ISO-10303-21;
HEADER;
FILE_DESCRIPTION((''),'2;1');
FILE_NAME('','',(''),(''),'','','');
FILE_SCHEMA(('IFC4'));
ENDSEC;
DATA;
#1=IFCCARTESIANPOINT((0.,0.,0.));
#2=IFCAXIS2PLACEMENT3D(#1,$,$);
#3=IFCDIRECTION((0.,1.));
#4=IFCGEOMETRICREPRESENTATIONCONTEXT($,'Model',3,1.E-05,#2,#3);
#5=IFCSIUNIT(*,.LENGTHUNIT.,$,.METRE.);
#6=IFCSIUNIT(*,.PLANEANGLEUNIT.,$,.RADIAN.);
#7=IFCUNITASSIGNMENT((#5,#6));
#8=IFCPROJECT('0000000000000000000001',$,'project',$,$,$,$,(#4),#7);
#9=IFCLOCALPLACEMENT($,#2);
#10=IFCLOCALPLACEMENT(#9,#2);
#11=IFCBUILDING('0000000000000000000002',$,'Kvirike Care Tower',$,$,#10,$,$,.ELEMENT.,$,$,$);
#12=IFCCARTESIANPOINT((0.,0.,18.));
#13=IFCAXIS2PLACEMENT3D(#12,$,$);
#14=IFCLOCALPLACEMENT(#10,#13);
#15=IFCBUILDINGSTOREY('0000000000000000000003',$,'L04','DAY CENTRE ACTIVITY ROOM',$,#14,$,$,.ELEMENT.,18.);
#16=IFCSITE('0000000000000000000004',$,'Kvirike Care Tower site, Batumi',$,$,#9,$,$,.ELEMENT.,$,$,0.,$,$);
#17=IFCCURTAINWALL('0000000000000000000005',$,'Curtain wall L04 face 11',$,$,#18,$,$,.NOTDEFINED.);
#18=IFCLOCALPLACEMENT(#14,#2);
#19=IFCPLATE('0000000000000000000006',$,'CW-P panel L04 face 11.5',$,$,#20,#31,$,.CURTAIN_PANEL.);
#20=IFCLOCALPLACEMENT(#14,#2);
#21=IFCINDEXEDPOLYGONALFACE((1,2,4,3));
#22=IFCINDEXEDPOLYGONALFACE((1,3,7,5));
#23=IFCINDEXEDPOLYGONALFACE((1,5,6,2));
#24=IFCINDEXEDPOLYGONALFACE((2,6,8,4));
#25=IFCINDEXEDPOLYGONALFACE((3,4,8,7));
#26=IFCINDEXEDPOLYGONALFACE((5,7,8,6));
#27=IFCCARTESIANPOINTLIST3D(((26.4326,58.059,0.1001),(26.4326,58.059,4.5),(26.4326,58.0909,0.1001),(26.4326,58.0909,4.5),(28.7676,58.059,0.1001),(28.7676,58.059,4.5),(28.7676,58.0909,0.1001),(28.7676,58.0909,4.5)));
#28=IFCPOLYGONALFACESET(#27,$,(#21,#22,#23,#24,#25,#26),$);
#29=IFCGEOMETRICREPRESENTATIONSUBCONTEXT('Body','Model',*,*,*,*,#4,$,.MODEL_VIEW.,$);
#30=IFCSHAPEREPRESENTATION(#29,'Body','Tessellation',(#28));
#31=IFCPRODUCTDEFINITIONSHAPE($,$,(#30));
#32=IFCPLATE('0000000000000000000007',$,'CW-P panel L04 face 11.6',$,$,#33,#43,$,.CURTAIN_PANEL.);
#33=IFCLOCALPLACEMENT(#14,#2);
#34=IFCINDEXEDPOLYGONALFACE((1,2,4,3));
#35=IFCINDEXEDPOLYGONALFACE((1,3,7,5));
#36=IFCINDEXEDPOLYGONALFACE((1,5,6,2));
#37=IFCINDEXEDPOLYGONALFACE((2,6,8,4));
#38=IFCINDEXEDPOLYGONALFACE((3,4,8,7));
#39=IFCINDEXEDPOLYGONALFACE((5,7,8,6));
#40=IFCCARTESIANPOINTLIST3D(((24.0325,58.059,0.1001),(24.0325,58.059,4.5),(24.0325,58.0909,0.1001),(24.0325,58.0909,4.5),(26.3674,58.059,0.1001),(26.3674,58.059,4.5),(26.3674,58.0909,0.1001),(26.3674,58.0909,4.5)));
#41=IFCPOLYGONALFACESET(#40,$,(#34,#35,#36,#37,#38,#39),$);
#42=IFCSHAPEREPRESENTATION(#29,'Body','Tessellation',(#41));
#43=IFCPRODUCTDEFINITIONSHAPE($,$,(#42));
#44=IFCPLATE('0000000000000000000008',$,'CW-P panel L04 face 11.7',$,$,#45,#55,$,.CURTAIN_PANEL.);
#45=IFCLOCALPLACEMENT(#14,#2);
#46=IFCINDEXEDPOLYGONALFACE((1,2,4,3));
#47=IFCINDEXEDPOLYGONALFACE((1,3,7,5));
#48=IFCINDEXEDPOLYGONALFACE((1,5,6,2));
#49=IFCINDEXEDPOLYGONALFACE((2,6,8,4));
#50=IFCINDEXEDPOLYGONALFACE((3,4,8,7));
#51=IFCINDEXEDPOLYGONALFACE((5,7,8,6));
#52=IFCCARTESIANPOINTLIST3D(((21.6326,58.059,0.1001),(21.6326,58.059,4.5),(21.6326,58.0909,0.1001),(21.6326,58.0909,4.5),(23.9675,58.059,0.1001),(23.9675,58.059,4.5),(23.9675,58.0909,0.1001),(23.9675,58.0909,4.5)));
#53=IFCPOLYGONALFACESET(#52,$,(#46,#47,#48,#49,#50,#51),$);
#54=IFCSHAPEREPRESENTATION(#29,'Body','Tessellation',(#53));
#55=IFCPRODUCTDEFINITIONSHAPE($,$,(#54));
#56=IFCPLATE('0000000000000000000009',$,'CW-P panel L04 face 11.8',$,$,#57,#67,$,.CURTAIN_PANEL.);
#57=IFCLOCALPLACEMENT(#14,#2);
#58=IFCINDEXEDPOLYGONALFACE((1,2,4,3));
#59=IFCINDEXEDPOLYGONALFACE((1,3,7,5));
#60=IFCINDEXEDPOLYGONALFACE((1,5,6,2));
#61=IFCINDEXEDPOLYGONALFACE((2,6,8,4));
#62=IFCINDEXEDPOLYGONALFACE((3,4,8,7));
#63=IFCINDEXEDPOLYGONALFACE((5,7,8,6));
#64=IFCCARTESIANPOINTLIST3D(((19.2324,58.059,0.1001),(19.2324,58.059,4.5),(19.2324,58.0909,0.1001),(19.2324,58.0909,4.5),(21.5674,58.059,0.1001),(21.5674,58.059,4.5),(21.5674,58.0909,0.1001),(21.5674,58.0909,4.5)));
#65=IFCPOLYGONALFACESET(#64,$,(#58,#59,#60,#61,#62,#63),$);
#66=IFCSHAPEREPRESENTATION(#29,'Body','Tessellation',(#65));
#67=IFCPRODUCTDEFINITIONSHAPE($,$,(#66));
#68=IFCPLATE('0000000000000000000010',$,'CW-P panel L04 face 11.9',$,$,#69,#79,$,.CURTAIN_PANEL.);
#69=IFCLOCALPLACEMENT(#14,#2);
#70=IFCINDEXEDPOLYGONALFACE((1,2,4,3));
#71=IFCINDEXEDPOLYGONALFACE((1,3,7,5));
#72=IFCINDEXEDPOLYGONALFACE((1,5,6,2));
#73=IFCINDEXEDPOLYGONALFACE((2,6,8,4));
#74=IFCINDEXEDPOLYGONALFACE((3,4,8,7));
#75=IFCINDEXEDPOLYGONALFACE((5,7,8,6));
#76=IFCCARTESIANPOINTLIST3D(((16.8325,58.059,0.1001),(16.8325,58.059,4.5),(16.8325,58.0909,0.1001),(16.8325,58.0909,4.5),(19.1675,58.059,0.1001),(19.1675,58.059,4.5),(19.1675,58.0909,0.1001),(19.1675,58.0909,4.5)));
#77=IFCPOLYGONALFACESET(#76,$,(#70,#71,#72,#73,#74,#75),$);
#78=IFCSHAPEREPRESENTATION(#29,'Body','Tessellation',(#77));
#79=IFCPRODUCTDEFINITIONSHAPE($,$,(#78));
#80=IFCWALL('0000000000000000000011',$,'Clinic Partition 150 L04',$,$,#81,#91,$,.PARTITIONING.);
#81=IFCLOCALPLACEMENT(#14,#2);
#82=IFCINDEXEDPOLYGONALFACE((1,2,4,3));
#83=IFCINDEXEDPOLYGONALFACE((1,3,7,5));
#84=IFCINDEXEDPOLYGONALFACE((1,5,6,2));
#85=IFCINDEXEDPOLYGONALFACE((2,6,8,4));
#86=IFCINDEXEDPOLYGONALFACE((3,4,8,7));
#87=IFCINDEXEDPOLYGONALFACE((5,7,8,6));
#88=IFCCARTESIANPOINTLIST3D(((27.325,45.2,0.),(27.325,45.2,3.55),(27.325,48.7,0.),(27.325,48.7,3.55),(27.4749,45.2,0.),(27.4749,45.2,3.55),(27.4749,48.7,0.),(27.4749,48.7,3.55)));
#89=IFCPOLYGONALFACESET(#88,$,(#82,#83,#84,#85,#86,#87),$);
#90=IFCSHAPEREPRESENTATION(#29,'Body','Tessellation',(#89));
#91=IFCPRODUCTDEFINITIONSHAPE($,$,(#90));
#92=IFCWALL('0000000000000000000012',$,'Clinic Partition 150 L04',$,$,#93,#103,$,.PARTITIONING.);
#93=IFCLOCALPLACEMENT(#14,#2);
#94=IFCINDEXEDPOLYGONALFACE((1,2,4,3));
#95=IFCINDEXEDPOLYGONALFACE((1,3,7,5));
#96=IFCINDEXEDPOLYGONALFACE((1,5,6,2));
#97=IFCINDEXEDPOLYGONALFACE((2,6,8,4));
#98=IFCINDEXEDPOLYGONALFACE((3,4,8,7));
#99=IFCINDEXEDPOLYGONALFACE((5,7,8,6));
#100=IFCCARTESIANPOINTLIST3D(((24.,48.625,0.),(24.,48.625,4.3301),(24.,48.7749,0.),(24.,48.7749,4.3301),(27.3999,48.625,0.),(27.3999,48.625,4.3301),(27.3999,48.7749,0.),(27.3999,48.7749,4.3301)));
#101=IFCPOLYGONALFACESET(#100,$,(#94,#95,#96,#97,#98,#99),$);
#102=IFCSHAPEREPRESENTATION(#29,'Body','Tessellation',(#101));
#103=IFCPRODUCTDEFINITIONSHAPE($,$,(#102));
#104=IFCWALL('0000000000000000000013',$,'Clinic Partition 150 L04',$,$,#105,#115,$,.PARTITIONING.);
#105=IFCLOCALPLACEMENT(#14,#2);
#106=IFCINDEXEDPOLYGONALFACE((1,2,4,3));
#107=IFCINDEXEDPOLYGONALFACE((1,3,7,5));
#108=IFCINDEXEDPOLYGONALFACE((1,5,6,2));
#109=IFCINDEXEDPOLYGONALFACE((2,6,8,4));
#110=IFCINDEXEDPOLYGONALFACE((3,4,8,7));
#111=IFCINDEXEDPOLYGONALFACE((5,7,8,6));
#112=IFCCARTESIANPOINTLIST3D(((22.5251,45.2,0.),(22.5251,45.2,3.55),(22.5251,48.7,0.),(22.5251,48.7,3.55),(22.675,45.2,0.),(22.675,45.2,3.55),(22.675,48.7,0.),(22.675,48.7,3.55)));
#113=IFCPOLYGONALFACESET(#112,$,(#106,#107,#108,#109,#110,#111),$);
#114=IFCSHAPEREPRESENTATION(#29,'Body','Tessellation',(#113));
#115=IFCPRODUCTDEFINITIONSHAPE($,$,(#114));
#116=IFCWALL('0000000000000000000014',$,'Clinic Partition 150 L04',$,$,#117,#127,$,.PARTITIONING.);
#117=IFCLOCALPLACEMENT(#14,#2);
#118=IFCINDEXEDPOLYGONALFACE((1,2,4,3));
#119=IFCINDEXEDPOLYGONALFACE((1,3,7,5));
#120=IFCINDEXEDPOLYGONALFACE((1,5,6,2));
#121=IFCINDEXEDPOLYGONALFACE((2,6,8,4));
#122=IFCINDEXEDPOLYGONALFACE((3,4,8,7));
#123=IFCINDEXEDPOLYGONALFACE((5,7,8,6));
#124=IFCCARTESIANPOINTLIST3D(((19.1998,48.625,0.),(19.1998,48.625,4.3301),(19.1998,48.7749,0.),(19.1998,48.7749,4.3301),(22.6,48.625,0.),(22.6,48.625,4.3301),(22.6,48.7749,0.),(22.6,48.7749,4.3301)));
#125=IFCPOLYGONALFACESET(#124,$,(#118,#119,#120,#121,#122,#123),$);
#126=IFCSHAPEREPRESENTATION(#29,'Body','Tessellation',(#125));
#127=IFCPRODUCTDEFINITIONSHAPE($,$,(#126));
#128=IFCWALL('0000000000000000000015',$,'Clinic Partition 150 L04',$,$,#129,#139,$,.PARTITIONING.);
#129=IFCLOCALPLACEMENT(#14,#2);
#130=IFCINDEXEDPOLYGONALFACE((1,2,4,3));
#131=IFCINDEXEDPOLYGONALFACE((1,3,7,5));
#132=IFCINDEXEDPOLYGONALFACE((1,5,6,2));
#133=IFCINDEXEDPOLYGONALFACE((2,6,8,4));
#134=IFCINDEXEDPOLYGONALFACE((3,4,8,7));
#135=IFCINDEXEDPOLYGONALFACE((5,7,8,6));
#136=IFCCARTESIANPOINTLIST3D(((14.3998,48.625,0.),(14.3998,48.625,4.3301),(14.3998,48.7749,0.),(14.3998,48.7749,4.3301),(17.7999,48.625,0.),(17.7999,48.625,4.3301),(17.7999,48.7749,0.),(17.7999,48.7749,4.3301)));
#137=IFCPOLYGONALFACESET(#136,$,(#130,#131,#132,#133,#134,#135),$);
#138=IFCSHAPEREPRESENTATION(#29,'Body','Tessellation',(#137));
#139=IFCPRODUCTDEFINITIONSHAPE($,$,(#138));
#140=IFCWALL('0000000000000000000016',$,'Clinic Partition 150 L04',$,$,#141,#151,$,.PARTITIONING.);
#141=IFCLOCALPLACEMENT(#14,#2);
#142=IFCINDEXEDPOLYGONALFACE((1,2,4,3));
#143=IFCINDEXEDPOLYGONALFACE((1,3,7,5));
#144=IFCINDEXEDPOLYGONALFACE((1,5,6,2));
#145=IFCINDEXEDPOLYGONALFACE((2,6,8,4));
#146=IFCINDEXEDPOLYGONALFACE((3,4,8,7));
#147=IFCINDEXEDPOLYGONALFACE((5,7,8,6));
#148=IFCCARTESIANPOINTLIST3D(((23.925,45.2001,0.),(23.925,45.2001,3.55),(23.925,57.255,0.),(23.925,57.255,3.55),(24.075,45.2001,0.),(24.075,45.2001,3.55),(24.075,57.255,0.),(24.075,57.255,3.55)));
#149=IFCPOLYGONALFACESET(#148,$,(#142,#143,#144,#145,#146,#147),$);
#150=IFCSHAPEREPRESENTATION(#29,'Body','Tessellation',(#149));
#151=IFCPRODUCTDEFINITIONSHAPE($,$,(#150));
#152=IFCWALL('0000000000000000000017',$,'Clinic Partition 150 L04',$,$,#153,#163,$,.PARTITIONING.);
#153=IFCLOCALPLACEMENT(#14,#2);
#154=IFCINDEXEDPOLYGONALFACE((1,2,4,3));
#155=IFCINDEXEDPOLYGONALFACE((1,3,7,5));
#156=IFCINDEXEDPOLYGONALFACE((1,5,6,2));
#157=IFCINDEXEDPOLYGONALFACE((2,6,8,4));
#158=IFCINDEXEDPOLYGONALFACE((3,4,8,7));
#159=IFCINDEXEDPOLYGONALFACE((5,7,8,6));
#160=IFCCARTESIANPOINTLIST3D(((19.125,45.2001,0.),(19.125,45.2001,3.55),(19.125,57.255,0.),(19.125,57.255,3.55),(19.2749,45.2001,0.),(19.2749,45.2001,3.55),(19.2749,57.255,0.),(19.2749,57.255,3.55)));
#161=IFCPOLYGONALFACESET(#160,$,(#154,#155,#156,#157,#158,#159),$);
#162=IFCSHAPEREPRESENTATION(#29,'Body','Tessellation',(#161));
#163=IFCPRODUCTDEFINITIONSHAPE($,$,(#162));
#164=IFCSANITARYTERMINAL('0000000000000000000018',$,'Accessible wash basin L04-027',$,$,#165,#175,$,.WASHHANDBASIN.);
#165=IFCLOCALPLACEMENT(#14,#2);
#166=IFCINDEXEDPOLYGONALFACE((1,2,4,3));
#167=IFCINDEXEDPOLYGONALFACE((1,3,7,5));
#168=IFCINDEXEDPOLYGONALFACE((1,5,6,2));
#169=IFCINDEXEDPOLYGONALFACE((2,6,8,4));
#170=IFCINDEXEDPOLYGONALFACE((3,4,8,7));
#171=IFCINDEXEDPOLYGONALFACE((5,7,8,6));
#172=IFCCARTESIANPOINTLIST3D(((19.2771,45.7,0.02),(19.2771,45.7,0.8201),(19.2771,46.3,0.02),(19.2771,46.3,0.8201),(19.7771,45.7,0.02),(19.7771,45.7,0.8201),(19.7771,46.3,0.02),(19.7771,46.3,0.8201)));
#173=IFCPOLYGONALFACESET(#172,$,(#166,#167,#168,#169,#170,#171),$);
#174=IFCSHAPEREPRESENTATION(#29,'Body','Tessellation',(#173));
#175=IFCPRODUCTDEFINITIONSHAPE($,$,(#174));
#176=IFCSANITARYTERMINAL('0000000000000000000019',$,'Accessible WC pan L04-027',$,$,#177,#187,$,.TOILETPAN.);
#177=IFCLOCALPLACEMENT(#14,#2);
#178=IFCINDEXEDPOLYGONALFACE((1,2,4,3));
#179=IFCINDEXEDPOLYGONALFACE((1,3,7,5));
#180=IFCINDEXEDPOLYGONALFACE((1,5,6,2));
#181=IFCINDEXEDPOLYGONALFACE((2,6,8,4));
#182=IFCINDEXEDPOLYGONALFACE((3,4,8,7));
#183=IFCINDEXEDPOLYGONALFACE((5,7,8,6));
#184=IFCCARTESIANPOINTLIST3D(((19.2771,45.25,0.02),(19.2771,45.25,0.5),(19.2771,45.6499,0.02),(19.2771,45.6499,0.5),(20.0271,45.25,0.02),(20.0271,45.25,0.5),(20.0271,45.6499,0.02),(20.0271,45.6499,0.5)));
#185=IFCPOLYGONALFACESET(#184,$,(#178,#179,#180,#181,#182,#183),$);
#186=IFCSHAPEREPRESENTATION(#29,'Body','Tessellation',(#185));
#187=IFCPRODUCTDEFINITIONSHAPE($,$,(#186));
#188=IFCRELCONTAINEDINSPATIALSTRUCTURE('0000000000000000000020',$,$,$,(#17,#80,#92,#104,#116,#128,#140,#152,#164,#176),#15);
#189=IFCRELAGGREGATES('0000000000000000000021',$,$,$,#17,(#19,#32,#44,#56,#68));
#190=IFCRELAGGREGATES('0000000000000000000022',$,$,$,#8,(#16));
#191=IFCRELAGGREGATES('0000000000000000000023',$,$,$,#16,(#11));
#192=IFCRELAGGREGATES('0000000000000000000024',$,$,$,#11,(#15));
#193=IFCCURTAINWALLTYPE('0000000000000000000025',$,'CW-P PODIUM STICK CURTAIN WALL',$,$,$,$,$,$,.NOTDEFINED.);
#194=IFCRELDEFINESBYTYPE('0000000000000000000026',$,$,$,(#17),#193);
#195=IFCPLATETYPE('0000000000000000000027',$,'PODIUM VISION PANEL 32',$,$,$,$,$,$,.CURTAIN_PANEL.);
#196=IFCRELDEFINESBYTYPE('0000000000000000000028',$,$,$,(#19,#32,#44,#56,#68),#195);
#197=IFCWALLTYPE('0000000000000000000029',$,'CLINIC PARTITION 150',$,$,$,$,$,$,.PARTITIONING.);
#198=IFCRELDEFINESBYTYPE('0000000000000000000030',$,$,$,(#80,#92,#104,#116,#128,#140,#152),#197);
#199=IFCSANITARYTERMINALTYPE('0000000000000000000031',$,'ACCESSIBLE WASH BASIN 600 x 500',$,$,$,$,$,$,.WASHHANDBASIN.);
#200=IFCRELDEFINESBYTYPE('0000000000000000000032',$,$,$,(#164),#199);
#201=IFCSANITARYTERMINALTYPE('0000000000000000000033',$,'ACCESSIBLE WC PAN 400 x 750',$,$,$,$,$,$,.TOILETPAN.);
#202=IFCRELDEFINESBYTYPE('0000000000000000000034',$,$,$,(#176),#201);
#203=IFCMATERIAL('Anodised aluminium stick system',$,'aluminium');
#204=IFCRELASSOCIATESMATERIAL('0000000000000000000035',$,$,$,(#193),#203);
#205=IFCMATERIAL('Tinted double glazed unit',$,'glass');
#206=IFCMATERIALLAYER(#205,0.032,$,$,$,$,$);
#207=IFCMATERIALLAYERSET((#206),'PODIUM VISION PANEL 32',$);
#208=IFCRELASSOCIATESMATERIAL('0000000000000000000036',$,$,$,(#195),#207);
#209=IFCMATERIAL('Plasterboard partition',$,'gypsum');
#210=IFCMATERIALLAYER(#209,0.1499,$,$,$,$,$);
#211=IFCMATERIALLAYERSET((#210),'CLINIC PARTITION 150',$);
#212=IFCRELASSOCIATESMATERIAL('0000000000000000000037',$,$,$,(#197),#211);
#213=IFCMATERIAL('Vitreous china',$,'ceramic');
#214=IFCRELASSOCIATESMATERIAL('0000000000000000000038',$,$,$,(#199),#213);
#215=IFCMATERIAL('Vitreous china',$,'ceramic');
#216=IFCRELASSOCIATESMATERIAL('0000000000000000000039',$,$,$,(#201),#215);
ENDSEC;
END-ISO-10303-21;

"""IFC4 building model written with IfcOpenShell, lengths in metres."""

from ifc_helpers import new_model, si_unit, direction, frame, frame_2d, origin, origin_2d, place, context, subcontext, project, spatial, rectangle, extrude, material, layer, layer_set, type_object, element, aggregate, save


model = new_model("IFC4")

# Units and contexts
model_context = context("Model", 3, precision=1e-05, world=origin(), true_north=direction((0.0, 1.0)))
body_context = subcontext(model_context, "Body", "Model", "MODEL_VIEW")
ifc_project = project(units=[si_unit("LENGTHUNIT", "METRE"), si_unit("PLANEANGLEUNIT", "RADIAN")], contexts=[model_context])

# Site, building, storey
site_placement = place(None, origin())
site = spatial("IfcSite", under=ifc_project, at=site_placement, Name="Kvirike Care Tower site, Batumi", CompositionType="ELEMENT", RefElevation=0.0)
building_placement = place(site_placement, origin())
building = spatial("IfcBuilding", under=site, at=building_placement, Name="Kvirike Care Tower", CompositionType="ELEMENT")
storey_placement = place(building_placement, frame((0.0, 0.0, 18.0)))
storey = spatial("IfcBuildingStorey", under=building, at=storey_placement, Name="L04", Description="DAY CENTRE ACTIVITY ROOM", CompositionType="ELEMENT", Elevation=18.0)

# Curtain wall
ifc_material_1 = material(Name="Anodised aluminium stick system", Category="aluminium")
curtain_wall_type = type_object("IfcCurtainWallType", Name="CW-P PODIUM STICK CURTAIN WALL", PredefinedType="NOTDEFINED", material=ifc_material_1)
curtain_wall_placement = place(storey_placement, origin())
curtain_wall = element("IfcCurtainWall", 1, at=curtain_wall_placement, inside=storey, type_object=curtain_wall_type, Name="Curtain wall L04 face 11", PredefinedType="NOTDEFINED")

# Plates
ifc_material_2 = material(Name="Tinted double glazed unit", Category="glass")
ifc_layer_1 = layer(ifc_material_2, 0.032)
ifc_layer_set_1 = layer_set([ifc_layer_1], Name="PODIUM VISION PANEL 32")
plate_type = type_object("IfcPlateType", Name="PODIUM VISION PANEL 32", PredefinedType="CURTAIN_PANEL", material=ifc_layer_set_1)
plate_1_placement = place(storey_placement, frame((27.6001, 58.075, 0.1001), z_axis=(0.0, 0.0, 1.0), x_axis=(-1.0, 0.0, 0.0)))
plate_1 = element("IfcPlate", 2, at=plate_1_placement, type_object=plate_type, Name="CW-P panel L04 face 11.5", PredefinedType="CURTAIN_PANEL", context=body_context, shape_type="SweptSolid", body=[
    extrude(rectangle(XDim=2.335, YDim=0.032, at=origin_2d()), origin(), (0.0, 0.0, 1.0), 4.3999),
])
plate_2_placement = place(storey_placement, frame((25.2, 58.075, 0.1001), z_axis=(0.0, 0.0, 1.0), x_axis=(-1.0, 0.0, 0.0)))
plate_2 = element("IfcPlate", 3, at=plate_2_placement, type_object=plate_type, Name="CW-P panel L04 face 11.6", PredefinedType="CURTAIN_PANEL", context=body_context, shape_type="SweptSolid", body=[
    extrude(rectangle(XDim=2.335, YDim=0.032, at=origin_2d()), origin(), (0.0, 0.0, 1.0), 4.3999),
])
plate_3_placement = place(storey_placement, frame((22.8, 58.075, 0.1001), z_axis=(0.0, 0.0, 1.0), x_axis=(-1.0, 0.0, 0.0)))
plate_3 = element("IfcPlate", 4, at=plate_3_placement, type_object=plate_type, Name="CW-P panel L04 face 11.7", PredefinedType="CURTAIN_PANEL", context=body_context, shape_type="SweptSolid", body=[
    extrude(rectangle(XDim=2.335, YDim=0.032, at=origin_2d()), origin(), (0.0, 0.0, 1.0), 4.3999),
])
plate_4_placement = place(storey_placement, frame((20.3999, 58.075, 0.1001), z_axis=(0.0, 0.0, 1.0), x_axis=(-1.0, 0.0, 0.0)))
plate_4 = element("IfcPlate", 5, at=plate_4_placement, type_object=plate_type, Name="CW-P panel L04 face 11.8", PredefinedType="CURTAIN_PANEL", context=body_context, shape_type="SweptSolid", body=[
    extrude(rectangle(XDim=2.335, YDim=0.032, at=origin_2d()), origin(), (0.0, 0.0, 1.0), 4.3999),
])
plate_5_placement = place(storey_placement, frame((18.0, 58.075, 0.1001), z_axis=(0.0, 0.0, 1.0), x_axis=(-1.0, 0.0, 0.0)))
plate_5 = element("IfcPlate", 6, at=plate_5_placement, type_object=plate_type, Name="CW-P panel L04 face 11.9", PredefinedType="CURTAIN_PANEL", context=body_context, shape_type="SweptSolid", body=[
    extrude(rectangle(XDim=2.335, YDim=0.032, at=origin_2d()), origin(), (0.0, 0.0, 1.0), 4.3999),
])
aggregate(curtain_wall, [plate_1, plate_2, plate_3, plate_4, plate_5])

# Walls
ifc_material_3 = material(Name="Plasterboard partition", Category="gypsum")
ifc_layer_2 = layer(ifc_material_3, 0.1499)
ifc_layer_set_2 = layer_set([ifc_layer_2], Name="CLINIC PARTITION 150")
wall_type = type_object("IfcWallType", Name="CLINIC PARTITION 150", PredefinedType="PARTITIONING", material=ifc_layer_set_2)
wall_1_placement = place(storey_placement, frame((27.3999, 48.7, 0.0), z_axis=(0.0, 0.0, 1.0), x_axis=(0.0, -1.0, 0.0)))
element("IfcWall", 7, at=wall_1_placement, inside=storey, type_object=wall_type, Name="Clinic Partition 150 L04", PredefinedType="PARTITIONING", context=body_context, shape_type="SweptSolid", body=[
    extrude(rectangle(XDim=3.5, YDim=0.1499, at=frame_2d((1.75, 0.0))), origin(), (0.0, 0.0, 1.0), 3.55),
])
wall_2_placement = place(storey_placement, frame((27.3999, 48.7, 0.0), z_axis=(0.0, 0.0, 1.0), x_axis=(-1.0, 0.0, 0.0)))
element("IfcWall", 8, at=wall_2_placement, inside=storey, type_object=wall_type, Name="Clinic Partition 150 L04", PredefinedType="PARTITIONING", context=body_context, shape_type="SweptSolid", body=[
    extrude(rectangle(XDim=3.3999, YDim=0.1499, at=frame_2d((1.7, 0.0))), origin(), (0.0, 0.0, 1.0), 4.3301),
])
wall_3_placement = place(storey_placement, frame((22.6001, 48.7, 0.0), z_axis=(0.0, 0.0, 1.0), x_axis=(0.0, -1.0, 0.0)))
element("IfcWall", 9, at=wall_3_placement, inside=storey, type_object=wall_type, Name="Clinic Partition 150 L04", PredefinedType="PARTITIONING", context=body_context, shape_type="SweptSolid", body=[
    extrude(rectangle(XDim=3.5, YDim=0.1499, at=frame_2d((1.75, 0.0))), origin(), (0.0, 0.0, 1.0), 3.55),
])
for number, where, z_axis, x_axis, name in (
    (10, (22.6001, 48.7, 0.0), (0.0, 0.0, 1.0), (-1.0, 0.0, 0.0), "Clinic Partition 150 L04"),
    (11, (17.8, 48.7, 0.0), (0.0, 0.0, 1.0), (-1.0, 0.0, 0.0), "Clinic Partition 150 L04"),
):
    element("IfcWall", number, at=place(storey_placement, frame(where, z_axis=z_axis, x_axis=x_axis)), inside=storey, type_object=wall_type, Name=name, PredefinedType="PARTITIONING", context=body_context, shape_type="SweptSolid", body=[
        extrude(rectangle(XDim=3.4001, YDim=0.1499, at=frame_2d((1.7002, 0.0))), origin(), (0.0, 0.0, 1.0), 4.3301),
    ])
for number, where, z_axis, x_axis, name in (
    (12, (24.0, 57.2549, 0.0), (0.0, 0.0, 1.0), (0.0, -1.0, 0.0), "Clinic Partition 150 L04"),
    (13, (19.2, 57.2549, 0.0), (0.0, 0.0, 1.0), (0.0, -1.0, 0.0), "Clinic Partition 150 L04"),
):
    element("IfcWall", number, at=place(storey_placement, frame(where, z_axis=z_axis, x_axis=x_axis)), inside=storey, type_object=wall_type, Name=name, PredefinedType="PARTITIONING", context=body_context, shape_type="SweptSolid", body=[
        extrude(rectangle(XDim=12.0549, YDim=0.1499, at=frame_2d((6.0273, 0.0))), origin(), (0.0, 0.0, 1.0), 3.55),
    ])

# Sanitary terminals
ifc_material_4 = material(Name="Vitreous china", Category="ceramic")
sanitary_terminal_type_1 = type_object("IfcSanitaryTerminalType", Name="ACCESSIBLE WASH BASIN 600 x 500", PredefinedType="WASHHANDBASIN", material=ifc_material_4)
sanitary_terminal_1_placement = place(storey_placement, frame((19.5271, 46.0, 0.02), z_axis=(0.0, 0.0, 1.0), x_axis=(0.0, 1.0, 0.0)))
element("IfcSanitaryTerminal", 14, at=sanitary_terminal_1_placement, inside=storey, type_object=sanitary_terminal_type_1, Name="Accessible wash basin L04-027", PredefinedType="WASHHANDBASIN", context=body_context, shape_type="SweptSolid", body=[
    extrude(rectangle(XDim=0.6001, YDim=0.5, at=origin_2d()), origin(), (0.0, 0.0, 1.0), 0.8),
])
ifc_material_5 = material(Name="Vitreous china", Category="ceramic")
sanitary_terminal_type_2 = type_object("IfcSanitaryTerminalType", Name="ACCESSIBLE WC PAN 400 x 750", PredefinedType="TOILETPAN", material=ifc_material_5)
sanitary_terminal_2_placement = place(storey_placement, frame((19.6521, 45.45, 0.02), z_axis=(0.0, 0.0, 1.0), x_axis=(0.0, 1.0, 0.0)))
element("IfcSanitaryTerminal", 15, at=sanitary_terminal_2_placement, inside=storey, type_object=sanitary_terminal_type_2, Name="Accessible WC pan L04-027", PredefinedType="TOILETPAN", context=body_context, shape_type="SweptSolid", body=[
    extrude(rectangle(XDim=0.3999, YDim=0.75, at=origin_2d()), origin(), (0.0, 0.0, 1.0), 0.48),
])

save(model, "model.ifc")
